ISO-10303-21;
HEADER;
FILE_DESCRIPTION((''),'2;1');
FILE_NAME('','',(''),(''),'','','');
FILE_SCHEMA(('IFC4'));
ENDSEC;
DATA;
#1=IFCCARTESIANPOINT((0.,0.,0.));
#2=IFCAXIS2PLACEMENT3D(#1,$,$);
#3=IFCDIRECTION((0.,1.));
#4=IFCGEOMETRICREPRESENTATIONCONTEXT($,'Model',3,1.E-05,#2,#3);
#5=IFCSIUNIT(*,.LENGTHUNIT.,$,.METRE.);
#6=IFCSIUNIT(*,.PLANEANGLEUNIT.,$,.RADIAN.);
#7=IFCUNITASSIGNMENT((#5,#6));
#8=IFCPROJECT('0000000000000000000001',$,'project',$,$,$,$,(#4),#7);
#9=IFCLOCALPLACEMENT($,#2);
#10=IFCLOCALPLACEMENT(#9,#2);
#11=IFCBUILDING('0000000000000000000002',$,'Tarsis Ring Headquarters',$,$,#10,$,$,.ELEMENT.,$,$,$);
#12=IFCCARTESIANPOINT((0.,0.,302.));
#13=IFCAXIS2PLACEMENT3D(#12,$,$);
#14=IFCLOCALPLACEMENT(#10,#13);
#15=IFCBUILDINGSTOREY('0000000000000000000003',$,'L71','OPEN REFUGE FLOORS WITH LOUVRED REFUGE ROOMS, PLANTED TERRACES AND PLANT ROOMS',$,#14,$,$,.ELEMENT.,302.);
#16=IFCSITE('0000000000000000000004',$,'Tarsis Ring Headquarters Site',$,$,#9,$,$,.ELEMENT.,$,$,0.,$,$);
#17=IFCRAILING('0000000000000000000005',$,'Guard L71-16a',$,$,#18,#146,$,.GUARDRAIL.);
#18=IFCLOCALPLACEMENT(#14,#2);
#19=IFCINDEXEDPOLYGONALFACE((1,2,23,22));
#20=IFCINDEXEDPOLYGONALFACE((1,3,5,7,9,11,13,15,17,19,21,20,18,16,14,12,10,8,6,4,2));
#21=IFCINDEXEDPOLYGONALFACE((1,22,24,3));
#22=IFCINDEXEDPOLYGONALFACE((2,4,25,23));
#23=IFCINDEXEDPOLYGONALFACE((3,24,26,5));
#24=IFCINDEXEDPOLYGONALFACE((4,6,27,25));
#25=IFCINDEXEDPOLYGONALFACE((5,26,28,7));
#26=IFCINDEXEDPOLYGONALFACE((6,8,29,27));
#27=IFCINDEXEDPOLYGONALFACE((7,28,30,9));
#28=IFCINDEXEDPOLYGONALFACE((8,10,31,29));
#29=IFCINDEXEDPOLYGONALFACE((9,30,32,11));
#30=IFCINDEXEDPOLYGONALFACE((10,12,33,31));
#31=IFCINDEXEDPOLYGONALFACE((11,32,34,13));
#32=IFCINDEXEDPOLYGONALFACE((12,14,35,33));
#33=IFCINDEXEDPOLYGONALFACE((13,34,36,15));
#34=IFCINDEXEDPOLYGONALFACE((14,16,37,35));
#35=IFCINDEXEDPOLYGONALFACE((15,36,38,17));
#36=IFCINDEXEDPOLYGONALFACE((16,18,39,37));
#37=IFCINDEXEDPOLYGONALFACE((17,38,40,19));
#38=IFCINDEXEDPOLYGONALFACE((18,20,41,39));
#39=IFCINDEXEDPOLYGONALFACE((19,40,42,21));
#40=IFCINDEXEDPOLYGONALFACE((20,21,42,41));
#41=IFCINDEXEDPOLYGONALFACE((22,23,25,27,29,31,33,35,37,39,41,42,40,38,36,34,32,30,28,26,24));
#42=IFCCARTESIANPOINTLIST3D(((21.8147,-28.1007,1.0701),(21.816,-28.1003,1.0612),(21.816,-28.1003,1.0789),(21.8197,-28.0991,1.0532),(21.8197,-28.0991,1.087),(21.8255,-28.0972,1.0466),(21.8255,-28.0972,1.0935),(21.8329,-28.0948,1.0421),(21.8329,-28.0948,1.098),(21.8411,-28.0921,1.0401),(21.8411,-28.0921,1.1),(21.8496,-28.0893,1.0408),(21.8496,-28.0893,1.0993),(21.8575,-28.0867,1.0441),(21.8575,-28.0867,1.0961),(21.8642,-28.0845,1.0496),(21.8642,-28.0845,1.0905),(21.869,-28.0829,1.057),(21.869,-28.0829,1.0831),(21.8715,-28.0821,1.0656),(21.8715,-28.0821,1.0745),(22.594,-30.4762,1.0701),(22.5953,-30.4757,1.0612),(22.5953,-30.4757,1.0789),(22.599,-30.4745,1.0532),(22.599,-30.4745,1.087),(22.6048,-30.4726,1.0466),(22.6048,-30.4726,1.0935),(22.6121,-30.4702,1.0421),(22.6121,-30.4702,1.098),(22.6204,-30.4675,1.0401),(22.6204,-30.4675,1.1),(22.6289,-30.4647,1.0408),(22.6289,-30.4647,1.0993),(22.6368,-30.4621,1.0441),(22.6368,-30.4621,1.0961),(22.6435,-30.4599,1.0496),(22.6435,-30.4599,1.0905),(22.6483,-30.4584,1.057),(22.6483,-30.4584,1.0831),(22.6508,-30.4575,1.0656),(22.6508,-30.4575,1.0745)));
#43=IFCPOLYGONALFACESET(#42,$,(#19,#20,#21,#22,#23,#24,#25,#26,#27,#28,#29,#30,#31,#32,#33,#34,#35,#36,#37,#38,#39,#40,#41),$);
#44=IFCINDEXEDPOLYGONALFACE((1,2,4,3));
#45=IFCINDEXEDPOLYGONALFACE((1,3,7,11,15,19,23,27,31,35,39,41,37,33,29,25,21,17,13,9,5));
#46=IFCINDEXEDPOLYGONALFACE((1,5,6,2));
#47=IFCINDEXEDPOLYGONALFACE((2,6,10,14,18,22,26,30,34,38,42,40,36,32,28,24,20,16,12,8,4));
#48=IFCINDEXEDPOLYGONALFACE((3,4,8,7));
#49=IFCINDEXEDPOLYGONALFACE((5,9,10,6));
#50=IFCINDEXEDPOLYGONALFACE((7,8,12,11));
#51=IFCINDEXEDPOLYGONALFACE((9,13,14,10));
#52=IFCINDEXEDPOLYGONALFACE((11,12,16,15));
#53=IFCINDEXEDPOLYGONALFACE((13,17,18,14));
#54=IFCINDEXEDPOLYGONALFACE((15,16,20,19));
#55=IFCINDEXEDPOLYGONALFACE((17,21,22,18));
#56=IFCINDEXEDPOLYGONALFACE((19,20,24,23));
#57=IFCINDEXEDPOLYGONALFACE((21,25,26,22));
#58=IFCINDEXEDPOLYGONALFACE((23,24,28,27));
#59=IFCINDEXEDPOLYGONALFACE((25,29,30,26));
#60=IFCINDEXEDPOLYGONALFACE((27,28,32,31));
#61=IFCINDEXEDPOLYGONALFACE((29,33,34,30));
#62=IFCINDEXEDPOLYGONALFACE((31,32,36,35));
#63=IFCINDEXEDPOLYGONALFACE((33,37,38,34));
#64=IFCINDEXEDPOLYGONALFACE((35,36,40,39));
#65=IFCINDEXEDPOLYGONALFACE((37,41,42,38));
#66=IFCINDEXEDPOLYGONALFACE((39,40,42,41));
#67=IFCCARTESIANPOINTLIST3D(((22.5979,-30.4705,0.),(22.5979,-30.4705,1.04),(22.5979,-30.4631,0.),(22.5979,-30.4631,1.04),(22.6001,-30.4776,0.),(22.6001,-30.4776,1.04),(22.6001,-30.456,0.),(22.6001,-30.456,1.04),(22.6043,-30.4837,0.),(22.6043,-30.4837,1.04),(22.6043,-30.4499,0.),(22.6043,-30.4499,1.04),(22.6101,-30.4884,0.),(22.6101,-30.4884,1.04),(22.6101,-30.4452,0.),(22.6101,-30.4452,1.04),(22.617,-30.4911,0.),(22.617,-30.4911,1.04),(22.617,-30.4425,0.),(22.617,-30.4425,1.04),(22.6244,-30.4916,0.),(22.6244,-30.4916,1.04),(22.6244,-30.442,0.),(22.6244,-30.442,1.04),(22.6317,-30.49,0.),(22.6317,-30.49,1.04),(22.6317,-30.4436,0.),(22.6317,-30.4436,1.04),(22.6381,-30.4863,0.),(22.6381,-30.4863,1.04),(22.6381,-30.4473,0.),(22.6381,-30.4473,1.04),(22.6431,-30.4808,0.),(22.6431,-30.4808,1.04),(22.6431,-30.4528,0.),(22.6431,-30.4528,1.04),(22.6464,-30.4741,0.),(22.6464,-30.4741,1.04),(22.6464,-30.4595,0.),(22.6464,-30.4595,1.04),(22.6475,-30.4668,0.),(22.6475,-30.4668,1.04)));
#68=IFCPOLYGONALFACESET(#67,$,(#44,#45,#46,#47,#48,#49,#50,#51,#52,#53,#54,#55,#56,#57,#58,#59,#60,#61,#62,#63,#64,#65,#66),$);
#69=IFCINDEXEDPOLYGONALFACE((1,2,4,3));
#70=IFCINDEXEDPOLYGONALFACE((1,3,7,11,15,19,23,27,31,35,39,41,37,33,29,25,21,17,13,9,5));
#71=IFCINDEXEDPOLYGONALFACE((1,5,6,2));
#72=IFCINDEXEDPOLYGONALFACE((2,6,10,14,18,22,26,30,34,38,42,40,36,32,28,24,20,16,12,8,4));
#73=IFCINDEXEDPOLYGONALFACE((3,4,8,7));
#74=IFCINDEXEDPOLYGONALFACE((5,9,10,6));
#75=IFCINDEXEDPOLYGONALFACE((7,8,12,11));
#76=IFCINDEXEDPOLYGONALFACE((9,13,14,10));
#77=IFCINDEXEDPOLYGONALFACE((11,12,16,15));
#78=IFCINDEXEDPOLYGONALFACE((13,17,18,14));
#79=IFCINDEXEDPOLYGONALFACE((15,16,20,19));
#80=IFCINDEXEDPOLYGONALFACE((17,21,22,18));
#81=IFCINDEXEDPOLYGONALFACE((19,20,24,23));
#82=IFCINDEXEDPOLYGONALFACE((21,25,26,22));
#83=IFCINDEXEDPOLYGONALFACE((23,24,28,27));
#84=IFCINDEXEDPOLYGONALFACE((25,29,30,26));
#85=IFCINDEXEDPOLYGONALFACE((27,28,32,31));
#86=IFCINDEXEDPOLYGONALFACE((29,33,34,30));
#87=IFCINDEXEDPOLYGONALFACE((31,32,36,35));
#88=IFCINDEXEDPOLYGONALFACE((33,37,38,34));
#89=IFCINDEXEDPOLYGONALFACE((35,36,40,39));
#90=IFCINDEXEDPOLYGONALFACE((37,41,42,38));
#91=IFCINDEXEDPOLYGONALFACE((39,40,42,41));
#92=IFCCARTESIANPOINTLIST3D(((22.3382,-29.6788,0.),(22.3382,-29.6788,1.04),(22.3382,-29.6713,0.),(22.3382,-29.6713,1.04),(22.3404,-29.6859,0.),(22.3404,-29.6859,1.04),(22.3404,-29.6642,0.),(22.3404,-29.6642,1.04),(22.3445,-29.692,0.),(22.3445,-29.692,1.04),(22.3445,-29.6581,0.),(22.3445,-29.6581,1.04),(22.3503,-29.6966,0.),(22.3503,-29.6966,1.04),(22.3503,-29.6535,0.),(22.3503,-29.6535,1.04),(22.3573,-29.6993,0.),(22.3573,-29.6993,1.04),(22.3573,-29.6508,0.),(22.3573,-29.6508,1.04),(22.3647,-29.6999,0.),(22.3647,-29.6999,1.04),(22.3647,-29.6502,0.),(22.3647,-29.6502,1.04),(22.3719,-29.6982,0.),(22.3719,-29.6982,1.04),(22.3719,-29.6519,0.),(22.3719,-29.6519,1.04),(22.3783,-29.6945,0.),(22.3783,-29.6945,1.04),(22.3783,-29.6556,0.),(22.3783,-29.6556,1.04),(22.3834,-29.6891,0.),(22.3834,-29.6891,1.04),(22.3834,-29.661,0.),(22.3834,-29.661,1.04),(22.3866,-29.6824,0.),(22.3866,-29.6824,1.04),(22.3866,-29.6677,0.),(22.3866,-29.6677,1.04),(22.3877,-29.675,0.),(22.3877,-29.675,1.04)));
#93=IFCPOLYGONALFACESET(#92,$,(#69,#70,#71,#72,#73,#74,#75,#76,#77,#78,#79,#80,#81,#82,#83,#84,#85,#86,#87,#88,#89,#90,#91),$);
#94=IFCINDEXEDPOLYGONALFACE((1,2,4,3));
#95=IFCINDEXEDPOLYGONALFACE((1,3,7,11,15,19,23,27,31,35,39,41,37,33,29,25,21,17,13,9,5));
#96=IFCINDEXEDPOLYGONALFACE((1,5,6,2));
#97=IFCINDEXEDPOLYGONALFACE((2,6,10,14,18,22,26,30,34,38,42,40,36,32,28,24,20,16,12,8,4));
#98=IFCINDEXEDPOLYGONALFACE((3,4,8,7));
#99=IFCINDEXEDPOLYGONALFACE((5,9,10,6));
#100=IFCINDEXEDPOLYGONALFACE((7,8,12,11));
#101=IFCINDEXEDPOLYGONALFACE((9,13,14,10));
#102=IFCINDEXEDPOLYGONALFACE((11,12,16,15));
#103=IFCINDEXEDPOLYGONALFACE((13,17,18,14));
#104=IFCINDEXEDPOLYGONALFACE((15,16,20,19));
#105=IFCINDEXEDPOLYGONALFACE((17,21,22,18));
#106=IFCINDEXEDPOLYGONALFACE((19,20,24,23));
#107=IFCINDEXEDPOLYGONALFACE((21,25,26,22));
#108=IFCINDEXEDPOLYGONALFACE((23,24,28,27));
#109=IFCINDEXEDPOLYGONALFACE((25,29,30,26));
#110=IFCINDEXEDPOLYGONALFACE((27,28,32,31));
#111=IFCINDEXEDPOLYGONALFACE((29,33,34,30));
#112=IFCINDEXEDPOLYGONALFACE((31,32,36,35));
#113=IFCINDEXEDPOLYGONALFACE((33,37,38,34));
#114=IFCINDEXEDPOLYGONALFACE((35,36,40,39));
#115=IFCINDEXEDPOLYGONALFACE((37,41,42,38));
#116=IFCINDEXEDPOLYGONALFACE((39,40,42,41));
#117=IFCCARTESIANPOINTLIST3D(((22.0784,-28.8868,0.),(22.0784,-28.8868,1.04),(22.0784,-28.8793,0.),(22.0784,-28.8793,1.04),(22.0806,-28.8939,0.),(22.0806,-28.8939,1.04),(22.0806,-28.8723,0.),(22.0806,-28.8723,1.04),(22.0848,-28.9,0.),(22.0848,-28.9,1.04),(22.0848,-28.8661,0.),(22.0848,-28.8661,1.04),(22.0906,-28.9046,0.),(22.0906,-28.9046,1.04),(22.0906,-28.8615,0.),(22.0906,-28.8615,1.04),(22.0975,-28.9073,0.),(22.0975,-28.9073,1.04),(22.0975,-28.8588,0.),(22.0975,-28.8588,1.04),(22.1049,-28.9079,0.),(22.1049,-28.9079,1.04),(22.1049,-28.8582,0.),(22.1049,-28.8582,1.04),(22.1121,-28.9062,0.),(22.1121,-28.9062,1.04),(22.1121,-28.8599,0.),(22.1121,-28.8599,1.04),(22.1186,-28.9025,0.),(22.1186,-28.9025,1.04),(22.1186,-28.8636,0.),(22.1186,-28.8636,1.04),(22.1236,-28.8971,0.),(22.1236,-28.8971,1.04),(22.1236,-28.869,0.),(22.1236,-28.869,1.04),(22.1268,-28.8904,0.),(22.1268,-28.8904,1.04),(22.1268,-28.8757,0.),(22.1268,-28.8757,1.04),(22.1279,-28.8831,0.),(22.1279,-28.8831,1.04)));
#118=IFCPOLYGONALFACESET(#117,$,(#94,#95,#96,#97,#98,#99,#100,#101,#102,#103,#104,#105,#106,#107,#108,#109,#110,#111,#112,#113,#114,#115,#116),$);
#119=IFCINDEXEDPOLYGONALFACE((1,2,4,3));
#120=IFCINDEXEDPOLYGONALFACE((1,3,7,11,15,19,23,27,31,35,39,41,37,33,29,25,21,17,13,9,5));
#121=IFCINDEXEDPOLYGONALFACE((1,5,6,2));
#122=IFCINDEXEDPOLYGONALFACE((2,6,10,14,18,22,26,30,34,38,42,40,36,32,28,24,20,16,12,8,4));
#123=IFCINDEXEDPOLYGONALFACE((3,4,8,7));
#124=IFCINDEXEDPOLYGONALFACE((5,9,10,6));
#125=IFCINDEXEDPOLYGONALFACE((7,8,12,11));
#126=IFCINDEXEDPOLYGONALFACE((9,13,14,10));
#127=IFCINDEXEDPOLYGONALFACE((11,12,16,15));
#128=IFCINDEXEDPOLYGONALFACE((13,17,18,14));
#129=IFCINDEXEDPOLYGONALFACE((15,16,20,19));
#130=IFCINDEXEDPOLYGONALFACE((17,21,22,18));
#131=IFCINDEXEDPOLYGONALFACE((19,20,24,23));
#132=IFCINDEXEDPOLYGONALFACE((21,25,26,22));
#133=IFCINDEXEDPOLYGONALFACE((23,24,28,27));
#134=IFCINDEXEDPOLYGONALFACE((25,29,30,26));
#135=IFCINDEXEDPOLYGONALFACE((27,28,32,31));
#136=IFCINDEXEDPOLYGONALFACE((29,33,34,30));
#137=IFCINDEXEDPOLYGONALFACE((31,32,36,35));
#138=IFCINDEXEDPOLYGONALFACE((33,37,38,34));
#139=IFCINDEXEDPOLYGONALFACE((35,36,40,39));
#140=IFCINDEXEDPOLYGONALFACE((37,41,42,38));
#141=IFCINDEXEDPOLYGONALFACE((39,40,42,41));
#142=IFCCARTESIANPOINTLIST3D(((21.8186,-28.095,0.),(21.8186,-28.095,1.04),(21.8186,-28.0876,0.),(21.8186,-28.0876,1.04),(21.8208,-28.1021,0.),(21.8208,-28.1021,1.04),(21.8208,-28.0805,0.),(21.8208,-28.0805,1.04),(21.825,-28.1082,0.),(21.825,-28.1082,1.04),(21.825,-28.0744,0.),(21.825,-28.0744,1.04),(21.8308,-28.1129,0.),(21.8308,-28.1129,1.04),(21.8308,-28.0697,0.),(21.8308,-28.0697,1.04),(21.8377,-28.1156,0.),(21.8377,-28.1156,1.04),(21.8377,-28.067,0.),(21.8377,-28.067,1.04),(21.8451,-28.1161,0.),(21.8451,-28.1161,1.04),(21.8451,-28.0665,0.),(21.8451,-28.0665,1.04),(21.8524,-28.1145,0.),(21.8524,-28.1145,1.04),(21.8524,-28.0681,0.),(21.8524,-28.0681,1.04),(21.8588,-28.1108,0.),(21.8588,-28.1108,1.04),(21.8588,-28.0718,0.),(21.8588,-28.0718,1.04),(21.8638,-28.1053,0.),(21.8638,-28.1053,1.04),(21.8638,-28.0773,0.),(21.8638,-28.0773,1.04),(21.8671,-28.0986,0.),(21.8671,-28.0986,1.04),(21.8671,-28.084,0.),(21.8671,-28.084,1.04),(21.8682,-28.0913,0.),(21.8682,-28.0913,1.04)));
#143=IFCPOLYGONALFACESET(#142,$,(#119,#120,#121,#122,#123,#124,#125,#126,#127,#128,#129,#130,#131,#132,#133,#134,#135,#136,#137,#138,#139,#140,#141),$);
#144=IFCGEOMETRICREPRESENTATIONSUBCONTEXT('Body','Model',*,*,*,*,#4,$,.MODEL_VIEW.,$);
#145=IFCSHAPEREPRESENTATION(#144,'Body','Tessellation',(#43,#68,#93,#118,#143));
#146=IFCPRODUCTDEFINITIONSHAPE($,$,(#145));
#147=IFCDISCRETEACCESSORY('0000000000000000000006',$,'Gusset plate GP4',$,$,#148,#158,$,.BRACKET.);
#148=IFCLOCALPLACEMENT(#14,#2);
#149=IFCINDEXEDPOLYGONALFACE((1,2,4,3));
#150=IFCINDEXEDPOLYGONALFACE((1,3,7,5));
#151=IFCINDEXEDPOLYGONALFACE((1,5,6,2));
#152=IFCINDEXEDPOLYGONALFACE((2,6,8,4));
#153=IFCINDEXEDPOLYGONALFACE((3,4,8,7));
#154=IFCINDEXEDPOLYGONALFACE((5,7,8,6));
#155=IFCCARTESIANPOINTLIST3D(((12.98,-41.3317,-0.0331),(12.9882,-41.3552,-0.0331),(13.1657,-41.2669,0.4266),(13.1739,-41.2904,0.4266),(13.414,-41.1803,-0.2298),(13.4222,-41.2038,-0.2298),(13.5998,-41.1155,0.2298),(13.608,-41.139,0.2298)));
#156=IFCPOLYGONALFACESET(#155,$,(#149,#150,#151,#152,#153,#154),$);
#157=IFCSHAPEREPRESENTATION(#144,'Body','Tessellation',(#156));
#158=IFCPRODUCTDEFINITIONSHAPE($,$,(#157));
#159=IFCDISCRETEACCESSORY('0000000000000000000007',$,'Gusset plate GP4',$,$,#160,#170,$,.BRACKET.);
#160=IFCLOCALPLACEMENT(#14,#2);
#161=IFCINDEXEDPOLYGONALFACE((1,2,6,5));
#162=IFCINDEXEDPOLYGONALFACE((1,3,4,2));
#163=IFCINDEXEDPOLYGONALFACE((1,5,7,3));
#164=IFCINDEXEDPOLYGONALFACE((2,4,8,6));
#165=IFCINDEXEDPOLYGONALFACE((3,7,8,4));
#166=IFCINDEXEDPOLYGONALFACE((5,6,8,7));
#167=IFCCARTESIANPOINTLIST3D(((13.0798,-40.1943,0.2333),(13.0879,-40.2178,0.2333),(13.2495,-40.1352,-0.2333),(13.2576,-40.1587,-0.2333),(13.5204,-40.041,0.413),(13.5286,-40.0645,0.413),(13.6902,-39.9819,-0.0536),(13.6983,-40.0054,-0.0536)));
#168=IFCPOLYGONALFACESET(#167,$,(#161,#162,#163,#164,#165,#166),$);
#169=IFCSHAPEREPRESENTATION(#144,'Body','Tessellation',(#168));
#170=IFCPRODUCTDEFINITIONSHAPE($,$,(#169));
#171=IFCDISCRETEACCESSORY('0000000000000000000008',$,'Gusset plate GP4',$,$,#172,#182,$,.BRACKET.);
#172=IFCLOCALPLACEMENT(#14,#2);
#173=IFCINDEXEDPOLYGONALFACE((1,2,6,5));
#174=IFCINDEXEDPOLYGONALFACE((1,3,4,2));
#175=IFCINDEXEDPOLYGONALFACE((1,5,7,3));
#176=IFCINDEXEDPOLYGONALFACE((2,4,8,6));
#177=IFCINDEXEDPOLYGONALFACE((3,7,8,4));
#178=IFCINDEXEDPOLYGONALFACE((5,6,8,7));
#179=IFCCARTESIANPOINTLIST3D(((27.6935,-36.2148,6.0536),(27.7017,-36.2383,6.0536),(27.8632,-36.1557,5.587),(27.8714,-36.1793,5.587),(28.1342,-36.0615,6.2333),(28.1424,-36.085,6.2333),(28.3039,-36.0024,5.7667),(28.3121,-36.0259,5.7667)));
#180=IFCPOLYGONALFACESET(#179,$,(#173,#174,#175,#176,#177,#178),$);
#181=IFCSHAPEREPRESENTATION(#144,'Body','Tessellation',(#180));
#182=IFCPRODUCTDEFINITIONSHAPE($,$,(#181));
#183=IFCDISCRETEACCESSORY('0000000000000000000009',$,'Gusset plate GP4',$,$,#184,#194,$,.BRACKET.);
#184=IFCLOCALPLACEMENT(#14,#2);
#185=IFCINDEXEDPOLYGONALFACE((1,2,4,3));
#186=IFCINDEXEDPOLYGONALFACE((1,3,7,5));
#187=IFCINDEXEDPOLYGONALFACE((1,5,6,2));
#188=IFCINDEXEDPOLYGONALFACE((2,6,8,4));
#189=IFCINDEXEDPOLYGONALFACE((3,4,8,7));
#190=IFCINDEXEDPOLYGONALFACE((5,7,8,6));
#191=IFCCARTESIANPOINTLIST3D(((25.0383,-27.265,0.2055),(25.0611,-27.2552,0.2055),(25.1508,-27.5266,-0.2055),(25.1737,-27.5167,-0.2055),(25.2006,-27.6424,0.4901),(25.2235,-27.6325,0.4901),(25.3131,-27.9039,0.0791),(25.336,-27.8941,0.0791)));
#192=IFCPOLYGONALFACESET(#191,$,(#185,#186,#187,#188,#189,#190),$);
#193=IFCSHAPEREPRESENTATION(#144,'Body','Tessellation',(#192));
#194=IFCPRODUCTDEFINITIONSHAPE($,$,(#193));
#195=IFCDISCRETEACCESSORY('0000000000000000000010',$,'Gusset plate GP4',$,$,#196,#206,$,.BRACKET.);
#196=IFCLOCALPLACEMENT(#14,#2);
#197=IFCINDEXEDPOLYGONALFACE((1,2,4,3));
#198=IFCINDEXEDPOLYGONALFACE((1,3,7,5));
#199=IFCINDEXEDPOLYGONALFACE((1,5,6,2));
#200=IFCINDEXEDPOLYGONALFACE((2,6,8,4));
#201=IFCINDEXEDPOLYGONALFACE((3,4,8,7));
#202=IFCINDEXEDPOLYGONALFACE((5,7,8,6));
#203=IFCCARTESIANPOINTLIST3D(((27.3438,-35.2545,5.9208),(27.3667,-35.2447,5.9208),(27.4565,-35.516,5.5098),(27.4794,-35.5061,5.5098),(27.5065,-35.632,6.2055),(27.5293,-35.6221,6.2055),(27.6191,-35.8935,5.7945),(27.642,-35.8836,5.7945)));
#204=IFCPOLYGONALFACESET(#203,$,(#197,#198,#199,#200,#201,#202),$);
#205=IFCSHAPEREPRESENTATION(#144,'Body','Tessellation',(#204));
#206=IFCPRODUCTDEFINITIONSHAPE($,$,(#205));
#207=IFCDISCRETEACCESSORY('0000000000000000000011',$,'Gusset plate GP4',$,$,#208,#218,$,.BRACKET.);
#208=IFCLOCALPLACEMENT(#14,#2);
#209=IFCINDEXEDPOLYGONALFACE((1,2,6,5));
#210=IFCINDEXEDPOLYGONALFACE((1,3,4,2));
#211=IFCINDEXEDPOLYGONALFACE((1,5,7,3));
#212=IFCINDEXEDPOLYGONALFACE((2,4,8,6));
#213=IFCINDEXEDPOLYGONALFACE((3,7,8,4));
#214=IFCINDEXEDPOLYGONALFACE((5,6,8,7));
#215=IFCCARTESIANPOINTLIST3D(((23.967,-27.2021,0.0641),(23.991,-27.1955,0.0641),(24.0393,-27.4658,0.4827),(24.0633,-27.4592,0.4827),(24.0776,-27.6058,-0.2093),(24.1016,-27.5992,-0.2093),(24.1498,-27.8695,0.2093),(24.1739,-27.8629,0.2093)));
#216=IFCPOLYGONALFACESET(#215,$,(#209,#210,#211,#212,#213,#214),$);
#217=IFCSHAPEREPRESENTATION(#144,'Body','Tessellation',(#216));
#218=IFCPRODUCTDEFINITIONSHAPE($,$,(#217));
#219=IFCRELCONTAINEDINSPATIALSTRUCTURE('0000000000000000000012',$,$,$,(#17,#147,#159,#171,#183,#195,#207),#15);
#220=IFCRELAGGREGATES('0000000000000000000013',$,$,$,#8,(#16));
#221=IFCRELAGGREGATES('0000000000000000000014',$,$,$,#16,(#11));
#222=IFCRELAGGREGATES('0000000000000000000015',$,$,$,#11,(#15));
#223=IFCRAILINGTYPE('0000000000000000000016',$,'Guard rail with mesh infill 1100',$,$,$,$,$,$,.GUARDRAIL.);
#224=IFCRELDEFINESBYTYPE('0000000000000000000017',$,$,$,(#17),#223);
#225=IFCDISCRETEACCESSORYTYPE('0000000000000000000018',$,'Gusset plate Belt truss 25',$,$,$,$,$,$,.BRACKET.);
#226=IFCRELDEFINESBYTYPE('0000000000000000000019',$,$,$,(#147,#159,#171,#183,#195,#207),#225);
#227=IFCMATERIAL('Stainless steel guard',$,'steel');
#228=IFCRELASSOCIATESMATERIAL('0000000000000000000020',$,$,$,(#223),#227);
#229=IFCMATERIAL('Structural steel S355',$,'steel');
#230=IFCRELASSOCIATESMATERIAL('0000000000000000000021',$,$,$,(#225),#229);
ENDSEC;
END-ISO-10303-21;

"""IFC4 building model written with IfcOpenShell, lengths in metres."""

from ifc_helpers import new_model, si_unit, direction, frame, origin, origin_2d, place, context, subcontext, project, spatial, rectangle, circle, extrude, material, material_profile, profile_set, type_object, element, save


model = new_model("IFC4")

# Units and contexts
model_context = context("Model", 3, precision=1e-05, world=origin(), true_north=direction((0.0, 1.0)))
body_context = subcontext(model_context, "Body", "Model", "MODEL_VIEW")
ifc_project = project(units=[si_unit("LENGTHUNIT", "METRE"), si_unit("PLANEANGLEUNIT", "RADIAN")], contexts=[model_context])

# Site, building, storey
site_placement = place(None, origin())
site = spatial("IfcSite", under=ifc_project, at=site_placement, Name="Tarsis Ring Headquarters Site", CompositionType="ELEMENT", RefElevation=0.0)
building_placement = place(site_placement, origin())
building = spatial("IfcBuilding", under=site, at=building_placement, Name="Tarsis Ring Headquarters", CompositionType="ELEMENT")
storey_placement = place(building_placement, frame((0.0, 0.0, 302.0)))
storey = spatial("IfcBuildingStorey", under=building, at=storey_placement, Name="L71", Description="OPEN REFUGE FLOORS WITH LOUVRED REFUGE ROOMS, PLANTED TERRACES AND PLANT ROOMS", CompositionType="ELEMENT", Elevation=302.0)

# Shared definitions
ifc_material_1 = material(Name="Structural steel S355", Category="steel")

# Railing
ifc_material_2 = material(Name="Stainless steel guard", Category="steel")
railing_type_1 = type_object("IfcRailingType", Name="Guard rail with mesh infill 1100", PredefinedType="GUARDRAIL", material=ifc_material_2)
railing_1_placement = place(storey_placement, frame((22.6226, -30.4668, 0.0)))
element("IfcRailing", 1, at=railing_1_placement, inside=storey, type_object=railing_type_1, Name="Guard L71-16a", PredefinedType="GUARDRAIL", context=body_context, shape_type="SweptSolid", body=[
    extrude(circle(Radius=0.03, at=origin_2d()), frame((0.0, 0.0, 1.0701), z_axis=(-0.311713, 0.950176, 0.0), x_axis=(-0.950176, -0.311713, 0.0)), (0.0, 0.0, 1.0), 2.5),
    extrude(circle(Radius=0.0249, at=origin_2d()), origin(), (0.0, 0.0, 1.0), 1.04),
    extrude(circle(Radius=0.0249, at=origin_2d()), frame((-0.2598, 0.7917, 0.0)), (0.0, 0.0, 1.0), 1.04),
    extrude(circle(Radius=0.0249, at=origin_2d()), frame((-0.5195, 1.5837, 0.0)), (0.0, 0.0, 1.0), 1.04),
    extrude(circle(Radius=0.0249, at=origin_2d()), frame((-0.7793, 2.3755, 0.0)), (0.0, 0.0, 1.0), 1.04),
])

# Discrete accessories
ifc_material_profile_1 = material_profile(ifc_material_1, rectangle(XDim=0.0249, YDim=0.5, at=origin_2d()), Name="PL 25x500")
ifc_profile_set_1 = profile_set([ifc_material_profile_1], Name="Structural steel S355")
discrete_accessory_type_1 = type_object("IfcDiscreteAccessoryType", Name="Gusset plate Belt truss 25", PredefinedType="BRACKET", material=ifc_profile_set_1)
for number, where, z_axis, x_axis, name in (
    (2, (13.511, -41.1597, 0.0), (-0.868059, -0.302698, 0.393507), (0.329262, -0.944239, 0.0), "Gusset plate GP4"),
    (3, (13.1687, -40.1765, 0.0), (0.881369, 0.306648, 0.359384), (-0.328602, 0.944469, 0.0), "Gusset plate GP4"),
    (4, (28.2231, -36.0437, 6.0), (-0.881369, -0.306648, -0.359384), (0.328602, -0.944469, 0.0), "Gusset plate GP4"),
):
    element("IfcDiscreteAccessory", number, at=place(storey_placement, frame(where, z_axis=z_axis, x_axis=x_axis)), inside=storey, type_object=discrete_accessory_type_1, Name=name, PredefinedType="BRACKET", context=body_context, shape_type="SweptSolid", body=[
        extrude(rectangle(XDim=0.0249, YDim=0.5, at=origin_2d()), origin(), (0.0, 0.0, 1.0), 0.5),
    ])
discrete_accessory_placement = place(storey_placement, frame((25.106, -27.3909, 0.0), z_axis=(0.3248, -0.7551, 0.569499), x_axis=(0.918622, 0.395138, 0.0)))
element("IfcDiscreteAccessory", 5, at=discrete_accessory_placement, inside=storey, type_object=discrete_accessory_type_1, Name="Gusset plate GP4", PredefinedType="BRACKET", context=body_context, shape_type="SweptSolid", body=[
    extrude(rectangle(XDim=0.0249, YDim=0.5, at=origin_2d()), origin(), (0.0, 0.0, 1.0), 0.4998),
])
for number, where, z_axis, x_axis, name in (
    (6, (27.5742, -35.7578, 6.0), (-0.325237, 0.75498, -0.569409), (-0.918406, -0.395639, 0.0), "Gusset plate GP4"),
    (7, (24.1257, -27.7344, 0.0), (-0.221164, 0.807519, 0.546808), (-0.964481, -0.264153, 0.0), "Gusset plate GP4"),
):
    element("IfcDiscreteAccessory", number, at=place(storey_placement, frame(where, z_axis=z_axis, x_axis=x_axis)), inside=storey, type_object=discrete_accessory_type_1, Name=name, PredefinedType="BRACKET", context=body_context, shape_type="SweptSolid", body=[
        extrude(rectangle(XDim=0.0249, YDim=0.5, at=origin_2d()), origin(), (0.0, 0.0, 1.0), 0.5),
    ])

save(model, "model.ifc")
